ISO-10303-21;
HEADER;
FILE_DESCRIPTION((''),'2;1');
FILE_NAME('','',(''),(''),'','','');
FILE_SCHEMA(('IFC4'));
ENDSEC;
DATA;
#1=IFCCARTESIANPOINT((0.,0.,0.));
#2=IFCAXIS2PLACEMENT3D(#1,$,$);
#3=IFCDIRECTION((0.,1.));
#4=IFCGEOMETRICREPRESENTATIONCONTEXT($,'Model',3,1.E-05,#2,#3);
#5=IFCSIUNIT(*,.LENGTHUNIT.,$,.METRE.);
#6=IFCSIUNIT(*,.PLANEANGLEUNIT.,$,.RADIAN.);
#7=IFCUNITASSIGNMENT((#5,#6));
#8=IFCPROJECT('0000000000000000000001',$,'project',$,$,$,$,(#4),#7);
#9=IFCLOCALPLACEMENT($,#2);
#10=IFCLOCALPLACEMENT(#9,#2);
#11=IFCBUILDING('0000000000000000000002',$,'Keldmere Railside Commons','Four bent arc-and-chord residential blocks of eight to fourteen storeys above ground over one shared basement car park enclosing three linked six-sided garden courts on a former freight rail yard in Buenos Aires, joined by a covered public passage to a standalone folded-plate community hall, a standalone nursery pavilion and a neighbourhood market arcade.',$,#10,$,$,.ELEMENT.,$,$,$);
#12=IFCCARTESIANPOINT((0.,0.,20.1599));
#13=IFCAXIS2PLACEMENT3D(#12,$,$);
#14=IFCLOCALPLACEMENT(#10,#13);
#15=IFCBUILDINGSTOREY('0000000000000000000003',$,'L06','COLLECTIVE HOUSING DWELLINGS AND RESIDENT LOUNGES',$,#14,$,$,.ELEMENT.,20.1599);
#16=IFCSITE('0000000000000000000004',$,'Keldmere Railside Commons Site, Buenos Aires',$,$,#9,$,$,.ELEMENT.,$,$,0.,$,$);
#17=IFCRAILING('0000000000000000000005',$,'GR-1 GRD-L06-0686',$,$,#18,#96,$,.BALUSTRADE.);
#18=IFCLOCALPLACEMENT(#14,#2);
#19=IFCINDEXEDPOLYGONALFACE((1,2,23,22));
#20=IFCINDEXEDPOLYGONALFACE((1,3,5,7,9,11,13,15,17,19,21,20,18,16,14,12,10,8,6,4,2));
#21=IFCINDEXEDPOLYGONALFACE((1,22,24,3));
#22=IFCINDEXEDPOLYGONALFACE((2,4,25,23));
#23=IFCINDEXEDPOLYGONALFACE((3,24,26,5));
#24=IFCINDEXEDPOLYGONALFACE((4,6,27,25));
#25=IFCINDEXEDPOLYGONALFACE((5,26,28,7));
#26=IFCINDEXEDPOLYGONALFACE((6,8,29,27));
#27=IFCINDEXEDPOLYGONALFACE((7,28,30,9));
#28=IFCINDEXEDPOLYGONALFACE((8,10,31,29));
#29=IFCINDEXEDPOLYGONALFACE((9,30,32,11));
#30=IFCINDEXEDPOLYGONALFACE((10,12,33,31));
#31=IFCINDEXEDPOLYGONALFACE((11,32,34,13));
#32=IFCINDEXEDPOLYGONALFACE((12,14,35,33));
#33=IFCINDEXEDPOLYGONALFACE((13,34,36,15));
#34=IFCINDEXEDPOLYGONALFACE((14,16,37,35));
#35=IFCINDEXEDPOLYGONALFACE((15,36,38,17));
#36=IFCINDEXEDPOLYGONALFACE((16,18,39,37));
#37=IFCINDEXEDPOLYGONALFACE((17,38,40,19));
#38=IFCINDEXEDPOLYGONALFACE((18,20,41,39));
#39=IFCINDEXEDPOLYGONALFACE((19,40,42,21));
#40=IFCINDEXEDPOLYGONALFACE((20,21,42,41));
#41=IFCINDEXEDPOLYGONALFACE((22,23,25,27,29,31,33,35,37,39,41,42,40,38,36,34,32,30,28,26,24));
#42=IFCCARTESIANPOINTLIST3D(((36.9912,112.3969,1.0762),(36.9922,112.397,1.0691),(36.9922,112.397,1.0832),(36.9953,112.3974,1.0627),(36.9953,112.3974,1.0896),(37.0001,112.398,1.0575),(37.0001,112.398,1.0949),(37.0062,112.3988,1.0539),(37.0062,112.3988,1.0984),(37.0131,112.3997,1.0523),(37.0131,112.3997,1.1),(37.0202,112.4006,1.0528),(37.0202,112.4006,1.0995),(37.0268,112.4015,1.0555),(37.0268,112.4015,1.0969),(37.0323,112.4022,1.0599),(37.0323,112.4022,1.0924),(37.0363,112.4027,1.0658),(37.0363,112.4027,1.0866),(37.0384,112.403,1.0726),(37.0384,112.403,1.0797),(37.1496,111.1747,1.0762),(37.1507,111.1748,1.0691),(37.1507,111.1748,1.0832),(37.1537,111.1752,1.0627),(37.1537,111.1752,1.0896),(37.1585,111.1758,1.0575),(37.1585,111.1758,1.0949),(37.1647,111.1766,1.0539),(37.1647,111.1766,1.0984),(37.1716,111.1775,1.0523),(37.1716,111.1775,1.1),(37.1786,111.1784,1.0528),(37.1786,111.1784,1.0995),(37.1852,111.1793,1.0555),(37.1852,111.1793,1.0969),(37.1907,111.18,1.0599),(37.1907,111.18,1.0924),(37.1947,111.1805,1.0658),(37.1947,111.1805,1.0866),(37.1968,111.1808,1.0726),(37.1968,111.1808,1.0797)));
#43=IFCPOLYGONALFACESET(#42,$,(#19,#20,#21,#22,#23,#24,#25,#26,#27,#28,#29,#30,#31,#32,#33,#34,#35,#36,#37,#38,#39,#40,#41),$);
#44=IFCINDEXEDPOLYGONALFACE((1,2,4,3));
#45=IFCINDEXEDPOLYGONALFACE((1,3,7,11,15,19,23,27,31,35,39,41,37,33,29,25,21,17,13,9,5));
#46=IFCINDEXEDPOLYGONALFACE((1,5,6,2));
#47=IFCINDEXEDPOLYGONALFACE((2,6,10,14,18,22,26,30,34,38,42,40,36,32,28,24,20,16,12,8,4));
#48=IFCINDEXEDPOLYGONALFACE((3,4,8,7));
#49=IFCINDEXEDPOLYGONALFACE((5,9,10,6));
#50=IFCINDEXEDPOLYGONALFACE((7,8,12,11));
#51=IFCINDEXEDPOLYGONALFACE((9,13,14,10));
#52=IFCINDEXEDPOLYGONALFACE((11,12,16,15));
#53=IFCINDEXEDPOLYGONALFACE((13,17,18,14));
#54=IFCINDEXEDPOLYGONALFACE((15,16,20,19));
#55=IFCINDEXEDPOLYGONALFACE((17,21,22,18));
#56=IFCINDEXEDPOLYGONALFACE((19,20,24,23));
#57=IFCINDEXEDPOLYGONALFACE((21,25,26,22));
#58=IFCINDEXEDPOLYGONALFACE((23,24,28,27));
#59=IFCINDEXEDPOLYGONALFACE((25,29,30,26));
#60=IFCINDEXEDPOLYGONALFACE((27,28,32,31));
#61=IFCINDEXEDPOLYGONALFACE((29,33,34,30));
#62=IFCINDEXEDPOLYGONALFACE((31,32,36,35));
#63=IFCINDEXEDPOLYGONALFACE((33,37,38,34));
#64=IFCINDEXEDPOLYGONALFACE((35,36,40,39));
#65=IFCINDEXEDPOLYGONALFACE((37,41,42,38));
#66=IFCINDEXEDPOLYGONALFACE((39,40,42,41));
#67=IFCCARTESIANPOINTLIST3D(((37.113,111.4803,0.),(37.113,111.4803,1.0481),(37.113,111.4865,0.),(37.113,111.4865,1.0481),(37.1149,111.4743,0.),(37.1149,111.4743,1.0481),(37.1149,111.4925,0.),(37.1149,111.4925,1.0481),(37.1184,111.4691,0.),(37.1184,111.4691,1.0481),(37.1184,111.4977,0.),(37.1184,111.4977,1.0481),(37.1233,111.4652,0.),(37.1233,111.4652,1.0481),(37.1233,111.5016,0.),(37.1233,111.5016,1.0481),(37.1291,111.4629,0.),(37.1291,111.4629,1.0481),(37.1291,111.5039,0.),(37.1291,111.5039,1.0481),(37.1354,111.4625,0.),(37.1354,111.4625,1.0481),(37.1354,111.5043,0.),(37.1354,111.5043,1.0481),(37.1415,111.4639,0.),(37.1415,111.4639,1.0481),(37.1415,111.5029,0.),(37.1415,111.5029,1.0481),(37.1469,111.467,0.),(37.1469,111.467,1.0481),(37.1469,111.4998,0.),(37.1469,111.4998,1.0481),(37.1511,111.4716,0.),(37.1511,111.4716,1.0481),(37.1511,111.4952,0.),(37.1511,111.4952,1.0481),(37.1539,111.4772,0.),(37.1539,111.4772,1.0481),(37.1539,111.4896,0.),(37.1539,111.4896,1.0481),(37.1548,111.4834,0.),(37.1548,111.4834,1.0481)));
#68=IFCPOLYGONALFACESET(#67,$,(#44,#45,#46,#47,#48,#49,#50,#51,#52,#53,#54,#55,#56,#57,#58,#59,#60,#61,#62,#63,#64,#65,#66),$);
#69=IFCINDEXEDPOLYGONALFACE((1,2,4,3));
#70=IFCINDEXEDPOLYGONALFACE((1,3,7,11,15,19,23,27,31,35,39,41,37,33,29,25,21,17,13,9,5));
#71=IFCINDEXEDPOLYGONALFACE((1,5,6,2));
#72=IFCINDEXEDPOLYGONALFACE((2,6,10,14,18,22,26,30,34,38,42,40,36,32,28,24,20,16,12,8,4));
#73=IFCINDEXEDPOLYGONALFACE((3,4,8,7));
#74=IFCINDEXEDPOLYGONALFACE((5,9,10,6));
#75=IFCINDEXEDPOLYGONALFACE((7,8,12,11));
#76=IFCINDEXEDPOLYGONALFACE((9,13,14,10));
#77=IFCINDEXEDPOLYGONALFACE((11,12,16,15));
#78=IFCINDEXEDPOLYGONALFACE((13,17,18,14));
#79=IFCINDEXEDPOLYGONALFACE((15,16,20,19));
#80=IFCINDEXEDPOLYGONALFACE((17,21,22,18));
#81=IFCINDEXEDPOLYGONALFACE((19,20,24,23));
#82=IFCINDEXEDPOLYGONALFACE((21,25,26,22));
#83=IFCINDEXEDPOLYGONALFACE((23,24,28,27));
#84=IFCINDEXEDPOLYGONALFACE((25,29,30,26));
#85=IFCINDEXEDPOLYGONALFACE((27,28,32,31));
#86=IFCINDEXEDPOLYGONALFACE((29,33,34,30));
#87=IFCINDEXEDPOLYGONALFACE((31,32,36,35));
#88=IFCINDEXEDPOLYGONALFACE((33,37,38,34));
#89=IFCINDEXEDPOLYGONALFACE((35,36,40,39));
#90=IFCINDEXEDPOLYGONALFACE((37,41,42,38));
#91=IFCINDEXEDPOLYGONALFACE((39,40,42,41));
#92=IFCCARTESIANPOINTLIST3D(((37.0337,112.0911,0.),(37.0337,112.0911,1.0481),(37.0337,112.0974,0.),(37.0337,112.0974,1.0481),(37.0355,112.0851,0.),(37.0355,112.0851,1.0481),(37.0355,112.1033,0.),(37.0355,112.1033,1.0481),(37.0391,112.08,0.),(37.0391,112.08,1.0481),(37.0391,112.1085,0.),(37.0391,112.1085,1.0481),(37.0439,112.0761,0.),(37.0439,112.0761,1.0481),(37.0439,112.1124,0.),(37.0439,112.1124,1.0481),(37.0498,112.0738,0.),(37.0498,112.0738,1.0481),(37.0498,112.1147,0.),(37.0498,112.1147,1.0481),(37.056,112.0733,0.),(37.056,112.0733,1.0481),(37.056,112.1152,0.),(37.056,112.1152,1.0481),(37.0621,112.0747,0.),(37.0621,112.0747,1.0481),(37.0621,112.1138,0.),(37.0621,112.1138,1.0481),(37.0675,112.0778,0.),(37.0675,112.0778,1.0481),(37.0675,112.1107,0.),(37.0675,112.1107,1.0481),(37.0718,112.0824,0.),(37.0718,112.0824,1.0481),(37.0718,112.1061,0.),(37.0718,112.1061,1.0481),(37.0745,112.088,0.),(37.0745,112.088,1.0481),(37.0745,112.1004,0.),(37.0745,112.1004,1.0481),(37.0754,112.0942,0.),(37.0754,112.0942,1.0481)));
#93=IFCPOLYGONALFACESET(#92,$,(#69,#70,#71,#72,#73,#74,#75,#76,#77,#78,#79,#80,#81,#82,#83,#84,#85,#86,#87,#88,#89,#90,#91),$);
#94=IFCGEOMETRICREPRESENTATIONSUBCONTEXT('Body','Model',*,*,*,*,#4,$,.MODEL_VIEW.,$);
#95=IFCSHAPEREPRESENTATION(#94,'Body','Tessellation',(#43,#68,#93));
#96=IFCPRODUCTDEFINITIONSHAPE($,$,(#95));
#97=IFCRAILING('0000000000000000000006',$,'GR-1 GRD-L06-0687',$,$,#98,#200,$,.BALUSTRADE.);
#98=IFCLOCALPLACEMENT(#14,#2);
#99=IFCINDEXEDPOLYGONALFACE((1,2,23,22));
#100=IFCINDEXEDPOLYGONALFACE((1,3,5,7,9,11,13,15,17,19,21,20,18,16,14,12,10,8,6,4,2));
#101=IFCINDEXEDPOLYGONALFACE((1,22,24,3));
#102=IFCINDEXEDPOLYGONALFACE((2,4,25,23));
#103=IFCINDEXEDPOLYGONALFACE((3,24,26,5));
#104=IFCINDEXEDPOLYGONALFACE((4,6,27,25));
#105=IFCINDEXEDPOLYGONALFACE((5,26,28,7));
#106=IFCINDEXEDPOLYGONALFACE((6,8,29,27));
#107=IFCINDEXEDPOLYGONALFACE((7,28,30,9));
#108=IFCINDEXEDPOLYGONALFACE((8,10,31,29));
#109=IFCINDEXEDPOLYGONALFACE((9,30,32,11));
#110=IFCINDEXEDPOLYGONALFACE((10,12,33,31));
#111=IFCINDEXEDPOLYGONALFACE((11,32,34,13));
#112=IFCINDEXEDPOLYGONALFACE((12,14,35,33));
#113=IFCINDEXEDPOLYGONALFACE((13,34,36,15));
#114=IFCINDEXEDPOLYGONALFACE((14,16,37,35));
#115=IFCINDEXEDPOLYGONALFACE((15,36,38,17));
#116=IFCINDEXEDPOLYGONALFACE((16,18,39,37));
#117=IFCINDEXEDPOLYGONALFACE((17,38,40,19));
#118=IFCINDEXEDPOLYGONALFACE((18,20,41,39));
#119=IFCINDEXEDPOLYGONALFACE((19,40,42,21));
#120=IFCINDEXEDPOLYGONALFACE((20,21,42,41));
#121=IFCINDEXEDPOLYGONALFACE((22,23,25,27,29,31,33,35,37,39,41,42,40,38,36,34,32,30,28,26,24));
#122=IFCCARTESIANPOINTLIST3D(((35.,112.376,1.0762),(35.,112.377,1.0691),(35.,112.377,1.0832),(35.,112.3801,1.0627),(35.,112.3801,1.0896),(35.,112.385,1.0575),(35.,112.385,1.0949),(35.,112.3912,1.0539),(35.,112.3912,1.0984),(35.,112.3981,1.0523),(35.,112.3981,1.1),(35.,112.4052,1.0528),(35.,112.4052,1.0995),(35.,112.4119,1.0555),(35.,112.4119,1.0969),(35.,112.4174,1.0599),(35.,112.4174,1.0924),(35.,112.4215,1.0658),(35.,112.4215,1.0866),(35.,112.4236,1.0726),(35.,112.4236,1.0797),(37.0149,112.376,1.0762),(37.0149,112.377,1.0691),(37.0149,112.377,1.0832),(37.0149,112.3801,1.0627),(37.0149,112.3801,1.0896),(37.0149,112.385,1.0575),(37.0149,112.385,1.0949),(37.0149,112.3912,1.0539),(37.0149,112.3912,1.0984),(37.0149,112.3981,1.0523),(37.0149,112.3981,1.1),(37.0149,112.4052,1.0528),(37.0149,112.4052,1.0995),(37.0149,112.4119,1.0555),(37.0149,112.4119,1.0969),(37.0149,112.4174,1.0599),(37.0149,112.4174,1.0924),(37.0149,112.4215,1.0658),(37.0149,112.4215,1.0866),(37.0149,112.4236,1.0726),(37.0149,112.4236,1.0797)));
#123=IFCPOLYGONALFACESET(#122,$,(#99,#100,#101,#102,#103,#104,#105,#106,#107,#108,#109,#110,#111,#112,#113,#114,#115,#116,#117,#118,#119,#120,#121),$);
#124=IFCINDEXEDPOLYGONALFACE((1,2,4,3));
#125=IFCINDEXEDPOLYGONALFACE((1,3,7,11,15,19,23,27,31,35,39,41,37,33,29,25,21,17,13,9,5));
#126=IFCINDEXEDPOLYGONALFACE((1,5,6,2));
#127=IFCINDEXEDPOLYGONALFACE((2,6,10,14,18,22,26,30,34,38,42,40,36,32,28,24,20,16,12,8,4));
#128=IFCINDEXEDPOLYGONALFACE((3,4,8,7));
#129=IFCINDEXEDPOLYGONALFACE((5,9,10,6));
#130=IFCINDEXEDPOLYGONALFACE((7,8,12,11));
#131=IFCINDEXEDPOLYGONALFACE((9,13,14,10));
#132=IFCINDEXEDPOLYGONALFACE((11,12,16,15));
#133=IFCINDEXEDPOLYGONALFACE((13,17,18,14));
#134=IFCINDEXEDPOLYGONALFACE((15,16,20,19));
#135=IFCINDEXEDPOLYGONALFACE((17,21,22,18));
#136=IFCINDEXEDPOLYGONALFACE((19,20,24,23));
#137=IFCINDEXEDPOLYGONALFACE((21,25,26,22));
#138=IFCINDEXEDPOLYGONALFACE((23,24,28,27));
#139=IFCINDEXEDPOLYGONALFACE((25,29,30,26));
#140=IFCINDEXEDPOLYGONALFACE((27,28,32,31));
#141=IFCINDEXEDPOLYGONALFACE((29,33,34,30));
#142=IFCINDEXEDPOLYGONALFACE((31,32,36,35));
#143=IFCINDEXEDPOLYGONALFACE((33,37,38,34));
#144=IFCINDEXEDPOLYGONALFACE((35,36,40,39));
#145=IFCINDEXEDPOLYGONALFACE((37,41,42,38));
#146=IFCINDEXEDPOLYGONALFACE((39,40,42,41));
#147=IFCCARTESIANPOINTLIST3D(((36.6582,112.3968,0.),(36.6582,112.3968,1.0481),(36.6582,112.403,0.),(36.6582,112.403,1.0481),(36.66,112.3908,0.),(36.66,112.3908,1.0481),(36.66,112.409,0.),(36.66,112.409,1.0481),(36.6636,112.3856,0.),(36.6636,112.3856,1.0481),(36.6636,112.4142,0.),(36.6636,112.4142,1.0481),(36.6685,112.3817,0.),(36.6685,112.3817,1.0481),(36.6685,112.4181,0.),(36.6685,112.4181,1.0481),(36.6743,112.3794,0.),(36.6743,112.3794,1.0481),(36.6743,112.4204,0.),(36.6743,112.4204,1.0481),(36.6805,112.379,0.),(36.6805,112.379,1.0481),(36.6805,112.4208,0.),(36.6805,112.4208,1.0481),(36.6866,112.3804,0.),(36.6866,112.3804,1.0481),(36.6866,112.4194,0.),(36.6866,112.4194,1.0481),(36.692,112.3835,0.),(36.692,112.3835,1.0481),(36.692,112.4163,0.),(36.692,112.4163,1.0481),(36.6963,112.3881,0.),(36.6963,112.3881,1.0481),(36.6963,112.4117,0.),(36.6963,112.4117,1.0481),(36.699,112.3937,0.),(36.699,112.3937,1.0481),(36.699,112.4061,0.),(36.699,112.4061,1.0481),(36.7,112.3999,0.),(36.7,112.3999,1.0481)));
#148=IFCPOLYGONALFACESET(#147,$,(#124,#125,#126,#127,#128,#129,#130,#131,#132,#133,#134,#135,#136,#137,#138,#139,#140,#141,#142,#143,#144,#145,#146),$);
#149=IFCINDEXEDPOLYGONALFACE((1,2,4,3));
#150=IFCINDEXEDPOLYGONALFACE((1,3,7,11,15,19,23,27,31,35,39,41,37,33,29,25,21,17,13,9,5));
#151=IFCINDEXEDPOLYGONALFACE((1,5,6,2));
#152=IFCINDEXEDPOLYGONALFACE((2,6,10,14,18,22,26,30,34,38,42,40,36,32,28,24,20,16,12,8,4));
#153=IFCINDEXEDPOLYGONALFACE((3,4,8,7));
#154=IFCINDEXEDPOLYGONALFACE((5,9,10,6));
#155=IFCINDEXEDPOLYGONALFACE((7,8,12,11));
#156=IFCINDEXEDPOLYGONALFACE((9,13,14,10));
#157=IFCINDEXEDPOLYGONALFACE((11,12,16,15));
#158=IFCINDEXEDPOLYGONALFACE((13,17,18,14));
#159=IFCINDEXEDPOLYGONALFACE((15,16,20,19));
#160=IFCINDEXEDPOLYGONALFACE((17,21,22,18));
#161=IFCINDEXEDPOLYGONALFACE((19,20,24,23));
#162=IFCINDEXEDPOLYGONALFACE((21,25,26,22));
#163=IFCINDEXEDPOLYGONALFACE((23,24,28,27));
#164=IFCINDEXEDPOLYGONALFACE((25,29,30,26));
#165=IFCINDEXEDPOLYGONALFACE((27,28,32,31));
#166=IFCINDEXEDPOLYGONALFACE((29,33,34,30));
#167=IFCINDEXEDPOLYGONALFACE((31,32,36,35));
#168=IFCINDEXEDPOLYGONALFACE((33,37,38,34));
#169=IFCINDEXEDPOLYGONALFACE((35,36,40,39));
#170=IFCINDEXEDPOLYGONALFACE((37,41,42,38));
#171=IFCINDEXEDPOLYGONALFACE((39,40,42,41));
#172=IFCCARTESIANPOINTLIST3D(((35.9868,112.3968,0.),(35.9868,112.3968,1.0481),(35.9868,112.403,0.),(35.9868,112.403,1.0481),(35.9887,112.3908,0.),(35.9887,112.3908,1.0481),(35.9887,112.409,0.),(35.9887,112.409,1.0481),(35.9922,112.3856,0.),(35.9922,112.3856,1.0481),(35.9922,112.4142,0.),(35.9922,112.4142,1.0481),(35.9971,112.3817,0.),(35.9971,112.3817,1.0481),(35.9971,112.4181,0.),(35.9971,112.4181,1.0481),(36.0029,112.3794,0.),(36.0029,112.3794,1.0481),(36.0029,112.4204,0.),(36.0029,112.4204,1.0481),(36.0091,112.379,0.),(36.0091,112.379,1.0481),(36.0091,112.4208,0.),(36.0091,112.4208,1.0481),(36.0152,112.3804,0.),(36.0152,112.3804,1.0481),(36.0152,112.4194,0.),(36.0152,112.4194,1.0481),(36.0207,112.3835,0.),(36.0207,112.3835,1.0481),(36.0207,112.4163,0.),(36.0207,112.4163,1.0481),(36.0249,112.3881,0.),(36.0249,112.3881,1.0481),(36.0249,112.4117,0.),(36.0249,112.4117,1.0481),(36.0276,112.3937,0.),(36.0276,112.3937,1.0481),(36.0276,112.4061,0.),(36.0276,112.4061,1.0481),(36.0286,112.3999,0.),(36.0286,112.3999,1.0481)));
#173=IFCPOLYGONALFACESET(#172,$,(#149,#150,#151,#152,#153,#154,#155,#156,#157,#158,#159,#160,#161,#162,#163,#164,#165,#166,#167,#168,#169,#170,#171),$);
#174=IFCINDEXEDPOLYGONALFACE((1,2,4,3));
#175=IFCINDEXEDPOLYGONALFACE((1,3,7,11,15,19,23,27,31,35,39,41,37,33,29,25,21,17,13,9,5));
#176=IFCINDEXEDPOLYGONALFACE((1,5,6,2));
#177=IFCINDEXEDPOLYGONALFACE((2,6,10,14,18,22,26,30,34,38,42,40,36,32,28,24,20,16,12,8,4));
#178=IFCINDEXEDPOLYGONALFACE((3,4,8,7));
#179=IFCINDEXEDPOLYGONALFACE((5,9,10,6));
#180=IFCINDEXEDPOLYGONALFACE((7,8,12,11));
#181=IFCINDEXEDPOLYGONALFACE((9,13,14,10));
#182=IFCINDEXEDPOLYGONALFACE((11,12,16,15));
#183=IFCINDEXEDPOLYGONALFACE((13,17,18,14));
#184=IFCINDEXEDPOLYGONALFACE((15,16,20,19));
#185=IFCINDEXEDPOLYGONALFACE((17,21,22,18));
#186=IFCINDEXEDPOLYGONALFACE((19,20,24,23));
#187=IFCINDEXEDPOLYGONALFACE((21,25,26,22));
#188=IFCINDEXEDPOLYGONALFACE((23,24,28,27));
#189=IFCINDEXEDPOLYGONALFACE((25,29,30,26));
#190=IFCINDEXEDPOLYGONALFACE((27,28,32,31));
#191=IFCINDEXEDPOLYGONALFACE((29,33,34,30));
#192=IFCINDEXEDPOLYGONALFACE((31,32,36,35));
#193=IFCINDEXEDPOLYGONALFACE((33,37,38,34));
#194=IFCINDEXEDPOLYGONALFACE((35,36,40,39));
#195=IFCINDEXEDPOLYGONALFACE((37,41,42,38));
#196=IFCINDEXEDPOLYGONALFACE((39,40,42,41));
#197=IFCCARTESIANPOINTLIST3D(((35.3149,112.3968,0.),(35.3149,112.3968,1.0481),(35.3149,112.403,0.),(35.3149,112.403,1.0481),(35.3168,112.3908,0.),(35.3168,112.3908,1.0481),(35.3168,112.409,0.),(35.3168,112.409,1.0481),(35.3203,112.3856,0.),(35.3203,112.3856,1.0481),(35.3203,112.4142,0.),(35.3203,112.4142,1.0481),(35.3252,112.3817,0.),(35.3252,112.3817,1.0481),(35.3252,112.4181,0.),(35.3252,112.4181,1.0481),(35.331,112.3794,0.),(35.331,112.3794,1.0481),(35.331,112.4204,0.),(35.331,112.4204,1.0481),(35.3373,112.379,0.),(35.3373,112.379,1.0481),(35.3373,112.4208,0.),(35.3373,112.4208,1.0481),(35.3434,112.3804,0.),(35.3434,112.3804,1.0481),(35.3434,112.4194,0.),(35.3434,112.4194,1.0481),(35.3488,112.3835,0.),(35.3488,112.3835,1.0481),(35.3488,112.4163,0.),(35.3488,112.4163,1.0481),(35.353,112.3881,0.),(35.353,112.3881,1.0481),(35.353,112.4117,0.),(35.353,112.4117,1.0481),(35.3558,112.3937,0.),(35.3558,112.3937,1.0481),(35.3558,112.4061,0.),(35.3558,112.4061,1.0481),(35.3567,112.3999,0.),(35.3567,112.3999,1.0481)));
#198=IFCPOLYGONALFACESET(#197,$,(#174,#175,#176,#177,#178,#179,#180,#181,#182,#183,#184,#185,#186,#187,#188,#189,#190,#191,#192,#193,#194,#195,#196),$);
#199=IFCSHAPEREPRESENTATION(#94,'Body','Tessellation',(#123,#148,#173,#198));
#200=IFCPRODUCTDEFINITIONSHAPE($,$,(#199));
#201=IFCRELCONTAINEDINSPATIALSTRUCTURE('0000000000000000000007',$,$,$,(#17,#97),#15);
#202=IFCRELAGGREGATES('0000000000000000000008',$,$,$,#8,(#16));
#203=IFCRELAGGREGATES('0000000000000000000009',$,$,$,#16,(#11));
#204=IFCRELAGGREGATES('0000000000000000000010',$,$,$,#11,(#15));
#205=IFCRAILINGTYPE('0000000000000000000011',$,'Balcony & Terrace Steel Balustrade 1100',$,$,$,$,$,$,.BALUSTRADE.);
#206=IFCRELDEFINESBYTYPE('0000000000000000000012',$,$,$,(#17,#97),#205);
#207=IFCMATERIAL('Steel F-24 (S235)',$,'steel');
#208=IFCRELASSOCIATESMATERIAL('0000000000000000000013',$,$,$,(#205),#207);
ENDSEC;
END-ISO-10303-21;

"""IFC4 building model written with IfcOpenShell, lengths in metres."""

from ifc_helpers import new_model, si_unit, direction, frame, origin, origin_2d, place, context, subcontext, project, spatial, circle, extrude, material, type_object, element, save


model = new_model("IFC4")

# Units and contexts
model_context = context("Model", 3, precision=1e-05, world=origin(), true_north=direction((0.0, 1.0)))
body_context = subcontext(model_context, "Body", "Model", "MODEL_VIEW")
ifc_project = project(units=[si_unit("LENGTHUNIT", "METRE"), si_unit("PLANEANGLEUNIT", "RADIAN")], contexts=[model_context])

# Site, building, storey
site_placement = place(None, origin())
site = spatial("IfcSite", under=ifc_project, at=site_placement, Name="Keldmere Railside Commons Site, Buenos Aires", CompositionType="ELEMENT", RefElevation=0.0)
building_placement = place(site_placement, origin())
building = spatial("IfcBuilding", under=site, at=building_placement, Name="Keldmere Railside Commons", Description="Four bent arc-and-chord residential blocks of eight to fourteen storeys above ground over one shared basement car park enclosing three linked six-sided garden courts on a former freight rail yard in Buenos Aires, joined by a covered public passage to a standalone folded-plate community hall, a standalone nursery pavilion and a neighbourhood market arcade.", CompositionType="ELEMENT")
storey_placement = place(building_placement, frame((0.0, 0.0, 20.1599)))
storey = spatial("IfcBuildingStorey", under=building, at=storey_placement, Name="L06", Description="COLLECTIVE HOUSING DWELLINGS AND RESIDENT LOUNGES", CompositionType="ELEMENT", Elevation=20.1599)

# Railings
ifc_material_1 = material(Name="Steel F-24 (S235)", Category="steel")
railing_type = type_object("IfcRailingType", Name="Balcony & Terrace Steel Balustrade 1100", PredefinedType="BALUSTRADE", material=ifc_material_1)
railing_1_placement = place(storey_placement, frame((37.1733, 111.1777, 0.0)))
element("IfcRailing", 1, at=railing_1_placement, inside=storey, type_object=railing_type, Name="GR-1 GRD-L06-0686", PredefinedType="BALUSTRADE", context=body_context, shape_type="SweptSolid", body=[
    extrude(circle(Radius=0.0239, at=origin_2d()), frame((0.0, 0.0, 1.0762), z_axis=(-0.128568, 0.991701, 0.0), x_axis=(-0.991701, -0.128568, 0.0)), (0.0, 0.0, 1.0), 1.2324),
    extrude(circle(Radius=0.021, at=origin_2d()), frame((-0.0396, 0.3057, 0.0)), (0.0, 0.0, 1.0), 1.0481),
    extrude(circle(Radius=0.021, at=origin_2d()), frame((-0.1189, 0.9165, 0.0)), (0.0, 0.0, 1.0), 1.0481),
])
railing_2_placement = place(storey_placement, frame((37.0149, 112.3999, 0.0)))
element("IfcRailing", 2, at=railing_2_placement, inside=storey, type_object=railing_type, Name="GR-1 GRD-L06-0687", PredefinedType="BALUSTRADE", context=body_context, shape_type="SweptSolid", body=[
    extrude(circle(Radius=0.0239, at=origin_2d()), frame((0.0, 0.0, 1.0762), z_axis=(-1.0, 0.0, 0.0), x_axis=(0.0, -1.0, 0.0)), (0.0, 0.0, 1.0), 2.0149),
    extrude(circle(Radius=0.021, at=origin_2d()), frame((-0.3359, 0.0, 0.0)), (0.0, 0.0, 1.0), 1.0481),
    extrude(circle(Radius=0.021, at=origin_2d()), frame((-1.0073, 0.0, 0.0)), (0.0, 0.0, 1.0), 1.0481),
    extrude(circle(Radius=0.021, at=origin_2d()), frame((-1.6792, 0.0, 0.0)), (0.0, 0.0, 1.0), 1.0481),
])

save(model, "model.ifc")
